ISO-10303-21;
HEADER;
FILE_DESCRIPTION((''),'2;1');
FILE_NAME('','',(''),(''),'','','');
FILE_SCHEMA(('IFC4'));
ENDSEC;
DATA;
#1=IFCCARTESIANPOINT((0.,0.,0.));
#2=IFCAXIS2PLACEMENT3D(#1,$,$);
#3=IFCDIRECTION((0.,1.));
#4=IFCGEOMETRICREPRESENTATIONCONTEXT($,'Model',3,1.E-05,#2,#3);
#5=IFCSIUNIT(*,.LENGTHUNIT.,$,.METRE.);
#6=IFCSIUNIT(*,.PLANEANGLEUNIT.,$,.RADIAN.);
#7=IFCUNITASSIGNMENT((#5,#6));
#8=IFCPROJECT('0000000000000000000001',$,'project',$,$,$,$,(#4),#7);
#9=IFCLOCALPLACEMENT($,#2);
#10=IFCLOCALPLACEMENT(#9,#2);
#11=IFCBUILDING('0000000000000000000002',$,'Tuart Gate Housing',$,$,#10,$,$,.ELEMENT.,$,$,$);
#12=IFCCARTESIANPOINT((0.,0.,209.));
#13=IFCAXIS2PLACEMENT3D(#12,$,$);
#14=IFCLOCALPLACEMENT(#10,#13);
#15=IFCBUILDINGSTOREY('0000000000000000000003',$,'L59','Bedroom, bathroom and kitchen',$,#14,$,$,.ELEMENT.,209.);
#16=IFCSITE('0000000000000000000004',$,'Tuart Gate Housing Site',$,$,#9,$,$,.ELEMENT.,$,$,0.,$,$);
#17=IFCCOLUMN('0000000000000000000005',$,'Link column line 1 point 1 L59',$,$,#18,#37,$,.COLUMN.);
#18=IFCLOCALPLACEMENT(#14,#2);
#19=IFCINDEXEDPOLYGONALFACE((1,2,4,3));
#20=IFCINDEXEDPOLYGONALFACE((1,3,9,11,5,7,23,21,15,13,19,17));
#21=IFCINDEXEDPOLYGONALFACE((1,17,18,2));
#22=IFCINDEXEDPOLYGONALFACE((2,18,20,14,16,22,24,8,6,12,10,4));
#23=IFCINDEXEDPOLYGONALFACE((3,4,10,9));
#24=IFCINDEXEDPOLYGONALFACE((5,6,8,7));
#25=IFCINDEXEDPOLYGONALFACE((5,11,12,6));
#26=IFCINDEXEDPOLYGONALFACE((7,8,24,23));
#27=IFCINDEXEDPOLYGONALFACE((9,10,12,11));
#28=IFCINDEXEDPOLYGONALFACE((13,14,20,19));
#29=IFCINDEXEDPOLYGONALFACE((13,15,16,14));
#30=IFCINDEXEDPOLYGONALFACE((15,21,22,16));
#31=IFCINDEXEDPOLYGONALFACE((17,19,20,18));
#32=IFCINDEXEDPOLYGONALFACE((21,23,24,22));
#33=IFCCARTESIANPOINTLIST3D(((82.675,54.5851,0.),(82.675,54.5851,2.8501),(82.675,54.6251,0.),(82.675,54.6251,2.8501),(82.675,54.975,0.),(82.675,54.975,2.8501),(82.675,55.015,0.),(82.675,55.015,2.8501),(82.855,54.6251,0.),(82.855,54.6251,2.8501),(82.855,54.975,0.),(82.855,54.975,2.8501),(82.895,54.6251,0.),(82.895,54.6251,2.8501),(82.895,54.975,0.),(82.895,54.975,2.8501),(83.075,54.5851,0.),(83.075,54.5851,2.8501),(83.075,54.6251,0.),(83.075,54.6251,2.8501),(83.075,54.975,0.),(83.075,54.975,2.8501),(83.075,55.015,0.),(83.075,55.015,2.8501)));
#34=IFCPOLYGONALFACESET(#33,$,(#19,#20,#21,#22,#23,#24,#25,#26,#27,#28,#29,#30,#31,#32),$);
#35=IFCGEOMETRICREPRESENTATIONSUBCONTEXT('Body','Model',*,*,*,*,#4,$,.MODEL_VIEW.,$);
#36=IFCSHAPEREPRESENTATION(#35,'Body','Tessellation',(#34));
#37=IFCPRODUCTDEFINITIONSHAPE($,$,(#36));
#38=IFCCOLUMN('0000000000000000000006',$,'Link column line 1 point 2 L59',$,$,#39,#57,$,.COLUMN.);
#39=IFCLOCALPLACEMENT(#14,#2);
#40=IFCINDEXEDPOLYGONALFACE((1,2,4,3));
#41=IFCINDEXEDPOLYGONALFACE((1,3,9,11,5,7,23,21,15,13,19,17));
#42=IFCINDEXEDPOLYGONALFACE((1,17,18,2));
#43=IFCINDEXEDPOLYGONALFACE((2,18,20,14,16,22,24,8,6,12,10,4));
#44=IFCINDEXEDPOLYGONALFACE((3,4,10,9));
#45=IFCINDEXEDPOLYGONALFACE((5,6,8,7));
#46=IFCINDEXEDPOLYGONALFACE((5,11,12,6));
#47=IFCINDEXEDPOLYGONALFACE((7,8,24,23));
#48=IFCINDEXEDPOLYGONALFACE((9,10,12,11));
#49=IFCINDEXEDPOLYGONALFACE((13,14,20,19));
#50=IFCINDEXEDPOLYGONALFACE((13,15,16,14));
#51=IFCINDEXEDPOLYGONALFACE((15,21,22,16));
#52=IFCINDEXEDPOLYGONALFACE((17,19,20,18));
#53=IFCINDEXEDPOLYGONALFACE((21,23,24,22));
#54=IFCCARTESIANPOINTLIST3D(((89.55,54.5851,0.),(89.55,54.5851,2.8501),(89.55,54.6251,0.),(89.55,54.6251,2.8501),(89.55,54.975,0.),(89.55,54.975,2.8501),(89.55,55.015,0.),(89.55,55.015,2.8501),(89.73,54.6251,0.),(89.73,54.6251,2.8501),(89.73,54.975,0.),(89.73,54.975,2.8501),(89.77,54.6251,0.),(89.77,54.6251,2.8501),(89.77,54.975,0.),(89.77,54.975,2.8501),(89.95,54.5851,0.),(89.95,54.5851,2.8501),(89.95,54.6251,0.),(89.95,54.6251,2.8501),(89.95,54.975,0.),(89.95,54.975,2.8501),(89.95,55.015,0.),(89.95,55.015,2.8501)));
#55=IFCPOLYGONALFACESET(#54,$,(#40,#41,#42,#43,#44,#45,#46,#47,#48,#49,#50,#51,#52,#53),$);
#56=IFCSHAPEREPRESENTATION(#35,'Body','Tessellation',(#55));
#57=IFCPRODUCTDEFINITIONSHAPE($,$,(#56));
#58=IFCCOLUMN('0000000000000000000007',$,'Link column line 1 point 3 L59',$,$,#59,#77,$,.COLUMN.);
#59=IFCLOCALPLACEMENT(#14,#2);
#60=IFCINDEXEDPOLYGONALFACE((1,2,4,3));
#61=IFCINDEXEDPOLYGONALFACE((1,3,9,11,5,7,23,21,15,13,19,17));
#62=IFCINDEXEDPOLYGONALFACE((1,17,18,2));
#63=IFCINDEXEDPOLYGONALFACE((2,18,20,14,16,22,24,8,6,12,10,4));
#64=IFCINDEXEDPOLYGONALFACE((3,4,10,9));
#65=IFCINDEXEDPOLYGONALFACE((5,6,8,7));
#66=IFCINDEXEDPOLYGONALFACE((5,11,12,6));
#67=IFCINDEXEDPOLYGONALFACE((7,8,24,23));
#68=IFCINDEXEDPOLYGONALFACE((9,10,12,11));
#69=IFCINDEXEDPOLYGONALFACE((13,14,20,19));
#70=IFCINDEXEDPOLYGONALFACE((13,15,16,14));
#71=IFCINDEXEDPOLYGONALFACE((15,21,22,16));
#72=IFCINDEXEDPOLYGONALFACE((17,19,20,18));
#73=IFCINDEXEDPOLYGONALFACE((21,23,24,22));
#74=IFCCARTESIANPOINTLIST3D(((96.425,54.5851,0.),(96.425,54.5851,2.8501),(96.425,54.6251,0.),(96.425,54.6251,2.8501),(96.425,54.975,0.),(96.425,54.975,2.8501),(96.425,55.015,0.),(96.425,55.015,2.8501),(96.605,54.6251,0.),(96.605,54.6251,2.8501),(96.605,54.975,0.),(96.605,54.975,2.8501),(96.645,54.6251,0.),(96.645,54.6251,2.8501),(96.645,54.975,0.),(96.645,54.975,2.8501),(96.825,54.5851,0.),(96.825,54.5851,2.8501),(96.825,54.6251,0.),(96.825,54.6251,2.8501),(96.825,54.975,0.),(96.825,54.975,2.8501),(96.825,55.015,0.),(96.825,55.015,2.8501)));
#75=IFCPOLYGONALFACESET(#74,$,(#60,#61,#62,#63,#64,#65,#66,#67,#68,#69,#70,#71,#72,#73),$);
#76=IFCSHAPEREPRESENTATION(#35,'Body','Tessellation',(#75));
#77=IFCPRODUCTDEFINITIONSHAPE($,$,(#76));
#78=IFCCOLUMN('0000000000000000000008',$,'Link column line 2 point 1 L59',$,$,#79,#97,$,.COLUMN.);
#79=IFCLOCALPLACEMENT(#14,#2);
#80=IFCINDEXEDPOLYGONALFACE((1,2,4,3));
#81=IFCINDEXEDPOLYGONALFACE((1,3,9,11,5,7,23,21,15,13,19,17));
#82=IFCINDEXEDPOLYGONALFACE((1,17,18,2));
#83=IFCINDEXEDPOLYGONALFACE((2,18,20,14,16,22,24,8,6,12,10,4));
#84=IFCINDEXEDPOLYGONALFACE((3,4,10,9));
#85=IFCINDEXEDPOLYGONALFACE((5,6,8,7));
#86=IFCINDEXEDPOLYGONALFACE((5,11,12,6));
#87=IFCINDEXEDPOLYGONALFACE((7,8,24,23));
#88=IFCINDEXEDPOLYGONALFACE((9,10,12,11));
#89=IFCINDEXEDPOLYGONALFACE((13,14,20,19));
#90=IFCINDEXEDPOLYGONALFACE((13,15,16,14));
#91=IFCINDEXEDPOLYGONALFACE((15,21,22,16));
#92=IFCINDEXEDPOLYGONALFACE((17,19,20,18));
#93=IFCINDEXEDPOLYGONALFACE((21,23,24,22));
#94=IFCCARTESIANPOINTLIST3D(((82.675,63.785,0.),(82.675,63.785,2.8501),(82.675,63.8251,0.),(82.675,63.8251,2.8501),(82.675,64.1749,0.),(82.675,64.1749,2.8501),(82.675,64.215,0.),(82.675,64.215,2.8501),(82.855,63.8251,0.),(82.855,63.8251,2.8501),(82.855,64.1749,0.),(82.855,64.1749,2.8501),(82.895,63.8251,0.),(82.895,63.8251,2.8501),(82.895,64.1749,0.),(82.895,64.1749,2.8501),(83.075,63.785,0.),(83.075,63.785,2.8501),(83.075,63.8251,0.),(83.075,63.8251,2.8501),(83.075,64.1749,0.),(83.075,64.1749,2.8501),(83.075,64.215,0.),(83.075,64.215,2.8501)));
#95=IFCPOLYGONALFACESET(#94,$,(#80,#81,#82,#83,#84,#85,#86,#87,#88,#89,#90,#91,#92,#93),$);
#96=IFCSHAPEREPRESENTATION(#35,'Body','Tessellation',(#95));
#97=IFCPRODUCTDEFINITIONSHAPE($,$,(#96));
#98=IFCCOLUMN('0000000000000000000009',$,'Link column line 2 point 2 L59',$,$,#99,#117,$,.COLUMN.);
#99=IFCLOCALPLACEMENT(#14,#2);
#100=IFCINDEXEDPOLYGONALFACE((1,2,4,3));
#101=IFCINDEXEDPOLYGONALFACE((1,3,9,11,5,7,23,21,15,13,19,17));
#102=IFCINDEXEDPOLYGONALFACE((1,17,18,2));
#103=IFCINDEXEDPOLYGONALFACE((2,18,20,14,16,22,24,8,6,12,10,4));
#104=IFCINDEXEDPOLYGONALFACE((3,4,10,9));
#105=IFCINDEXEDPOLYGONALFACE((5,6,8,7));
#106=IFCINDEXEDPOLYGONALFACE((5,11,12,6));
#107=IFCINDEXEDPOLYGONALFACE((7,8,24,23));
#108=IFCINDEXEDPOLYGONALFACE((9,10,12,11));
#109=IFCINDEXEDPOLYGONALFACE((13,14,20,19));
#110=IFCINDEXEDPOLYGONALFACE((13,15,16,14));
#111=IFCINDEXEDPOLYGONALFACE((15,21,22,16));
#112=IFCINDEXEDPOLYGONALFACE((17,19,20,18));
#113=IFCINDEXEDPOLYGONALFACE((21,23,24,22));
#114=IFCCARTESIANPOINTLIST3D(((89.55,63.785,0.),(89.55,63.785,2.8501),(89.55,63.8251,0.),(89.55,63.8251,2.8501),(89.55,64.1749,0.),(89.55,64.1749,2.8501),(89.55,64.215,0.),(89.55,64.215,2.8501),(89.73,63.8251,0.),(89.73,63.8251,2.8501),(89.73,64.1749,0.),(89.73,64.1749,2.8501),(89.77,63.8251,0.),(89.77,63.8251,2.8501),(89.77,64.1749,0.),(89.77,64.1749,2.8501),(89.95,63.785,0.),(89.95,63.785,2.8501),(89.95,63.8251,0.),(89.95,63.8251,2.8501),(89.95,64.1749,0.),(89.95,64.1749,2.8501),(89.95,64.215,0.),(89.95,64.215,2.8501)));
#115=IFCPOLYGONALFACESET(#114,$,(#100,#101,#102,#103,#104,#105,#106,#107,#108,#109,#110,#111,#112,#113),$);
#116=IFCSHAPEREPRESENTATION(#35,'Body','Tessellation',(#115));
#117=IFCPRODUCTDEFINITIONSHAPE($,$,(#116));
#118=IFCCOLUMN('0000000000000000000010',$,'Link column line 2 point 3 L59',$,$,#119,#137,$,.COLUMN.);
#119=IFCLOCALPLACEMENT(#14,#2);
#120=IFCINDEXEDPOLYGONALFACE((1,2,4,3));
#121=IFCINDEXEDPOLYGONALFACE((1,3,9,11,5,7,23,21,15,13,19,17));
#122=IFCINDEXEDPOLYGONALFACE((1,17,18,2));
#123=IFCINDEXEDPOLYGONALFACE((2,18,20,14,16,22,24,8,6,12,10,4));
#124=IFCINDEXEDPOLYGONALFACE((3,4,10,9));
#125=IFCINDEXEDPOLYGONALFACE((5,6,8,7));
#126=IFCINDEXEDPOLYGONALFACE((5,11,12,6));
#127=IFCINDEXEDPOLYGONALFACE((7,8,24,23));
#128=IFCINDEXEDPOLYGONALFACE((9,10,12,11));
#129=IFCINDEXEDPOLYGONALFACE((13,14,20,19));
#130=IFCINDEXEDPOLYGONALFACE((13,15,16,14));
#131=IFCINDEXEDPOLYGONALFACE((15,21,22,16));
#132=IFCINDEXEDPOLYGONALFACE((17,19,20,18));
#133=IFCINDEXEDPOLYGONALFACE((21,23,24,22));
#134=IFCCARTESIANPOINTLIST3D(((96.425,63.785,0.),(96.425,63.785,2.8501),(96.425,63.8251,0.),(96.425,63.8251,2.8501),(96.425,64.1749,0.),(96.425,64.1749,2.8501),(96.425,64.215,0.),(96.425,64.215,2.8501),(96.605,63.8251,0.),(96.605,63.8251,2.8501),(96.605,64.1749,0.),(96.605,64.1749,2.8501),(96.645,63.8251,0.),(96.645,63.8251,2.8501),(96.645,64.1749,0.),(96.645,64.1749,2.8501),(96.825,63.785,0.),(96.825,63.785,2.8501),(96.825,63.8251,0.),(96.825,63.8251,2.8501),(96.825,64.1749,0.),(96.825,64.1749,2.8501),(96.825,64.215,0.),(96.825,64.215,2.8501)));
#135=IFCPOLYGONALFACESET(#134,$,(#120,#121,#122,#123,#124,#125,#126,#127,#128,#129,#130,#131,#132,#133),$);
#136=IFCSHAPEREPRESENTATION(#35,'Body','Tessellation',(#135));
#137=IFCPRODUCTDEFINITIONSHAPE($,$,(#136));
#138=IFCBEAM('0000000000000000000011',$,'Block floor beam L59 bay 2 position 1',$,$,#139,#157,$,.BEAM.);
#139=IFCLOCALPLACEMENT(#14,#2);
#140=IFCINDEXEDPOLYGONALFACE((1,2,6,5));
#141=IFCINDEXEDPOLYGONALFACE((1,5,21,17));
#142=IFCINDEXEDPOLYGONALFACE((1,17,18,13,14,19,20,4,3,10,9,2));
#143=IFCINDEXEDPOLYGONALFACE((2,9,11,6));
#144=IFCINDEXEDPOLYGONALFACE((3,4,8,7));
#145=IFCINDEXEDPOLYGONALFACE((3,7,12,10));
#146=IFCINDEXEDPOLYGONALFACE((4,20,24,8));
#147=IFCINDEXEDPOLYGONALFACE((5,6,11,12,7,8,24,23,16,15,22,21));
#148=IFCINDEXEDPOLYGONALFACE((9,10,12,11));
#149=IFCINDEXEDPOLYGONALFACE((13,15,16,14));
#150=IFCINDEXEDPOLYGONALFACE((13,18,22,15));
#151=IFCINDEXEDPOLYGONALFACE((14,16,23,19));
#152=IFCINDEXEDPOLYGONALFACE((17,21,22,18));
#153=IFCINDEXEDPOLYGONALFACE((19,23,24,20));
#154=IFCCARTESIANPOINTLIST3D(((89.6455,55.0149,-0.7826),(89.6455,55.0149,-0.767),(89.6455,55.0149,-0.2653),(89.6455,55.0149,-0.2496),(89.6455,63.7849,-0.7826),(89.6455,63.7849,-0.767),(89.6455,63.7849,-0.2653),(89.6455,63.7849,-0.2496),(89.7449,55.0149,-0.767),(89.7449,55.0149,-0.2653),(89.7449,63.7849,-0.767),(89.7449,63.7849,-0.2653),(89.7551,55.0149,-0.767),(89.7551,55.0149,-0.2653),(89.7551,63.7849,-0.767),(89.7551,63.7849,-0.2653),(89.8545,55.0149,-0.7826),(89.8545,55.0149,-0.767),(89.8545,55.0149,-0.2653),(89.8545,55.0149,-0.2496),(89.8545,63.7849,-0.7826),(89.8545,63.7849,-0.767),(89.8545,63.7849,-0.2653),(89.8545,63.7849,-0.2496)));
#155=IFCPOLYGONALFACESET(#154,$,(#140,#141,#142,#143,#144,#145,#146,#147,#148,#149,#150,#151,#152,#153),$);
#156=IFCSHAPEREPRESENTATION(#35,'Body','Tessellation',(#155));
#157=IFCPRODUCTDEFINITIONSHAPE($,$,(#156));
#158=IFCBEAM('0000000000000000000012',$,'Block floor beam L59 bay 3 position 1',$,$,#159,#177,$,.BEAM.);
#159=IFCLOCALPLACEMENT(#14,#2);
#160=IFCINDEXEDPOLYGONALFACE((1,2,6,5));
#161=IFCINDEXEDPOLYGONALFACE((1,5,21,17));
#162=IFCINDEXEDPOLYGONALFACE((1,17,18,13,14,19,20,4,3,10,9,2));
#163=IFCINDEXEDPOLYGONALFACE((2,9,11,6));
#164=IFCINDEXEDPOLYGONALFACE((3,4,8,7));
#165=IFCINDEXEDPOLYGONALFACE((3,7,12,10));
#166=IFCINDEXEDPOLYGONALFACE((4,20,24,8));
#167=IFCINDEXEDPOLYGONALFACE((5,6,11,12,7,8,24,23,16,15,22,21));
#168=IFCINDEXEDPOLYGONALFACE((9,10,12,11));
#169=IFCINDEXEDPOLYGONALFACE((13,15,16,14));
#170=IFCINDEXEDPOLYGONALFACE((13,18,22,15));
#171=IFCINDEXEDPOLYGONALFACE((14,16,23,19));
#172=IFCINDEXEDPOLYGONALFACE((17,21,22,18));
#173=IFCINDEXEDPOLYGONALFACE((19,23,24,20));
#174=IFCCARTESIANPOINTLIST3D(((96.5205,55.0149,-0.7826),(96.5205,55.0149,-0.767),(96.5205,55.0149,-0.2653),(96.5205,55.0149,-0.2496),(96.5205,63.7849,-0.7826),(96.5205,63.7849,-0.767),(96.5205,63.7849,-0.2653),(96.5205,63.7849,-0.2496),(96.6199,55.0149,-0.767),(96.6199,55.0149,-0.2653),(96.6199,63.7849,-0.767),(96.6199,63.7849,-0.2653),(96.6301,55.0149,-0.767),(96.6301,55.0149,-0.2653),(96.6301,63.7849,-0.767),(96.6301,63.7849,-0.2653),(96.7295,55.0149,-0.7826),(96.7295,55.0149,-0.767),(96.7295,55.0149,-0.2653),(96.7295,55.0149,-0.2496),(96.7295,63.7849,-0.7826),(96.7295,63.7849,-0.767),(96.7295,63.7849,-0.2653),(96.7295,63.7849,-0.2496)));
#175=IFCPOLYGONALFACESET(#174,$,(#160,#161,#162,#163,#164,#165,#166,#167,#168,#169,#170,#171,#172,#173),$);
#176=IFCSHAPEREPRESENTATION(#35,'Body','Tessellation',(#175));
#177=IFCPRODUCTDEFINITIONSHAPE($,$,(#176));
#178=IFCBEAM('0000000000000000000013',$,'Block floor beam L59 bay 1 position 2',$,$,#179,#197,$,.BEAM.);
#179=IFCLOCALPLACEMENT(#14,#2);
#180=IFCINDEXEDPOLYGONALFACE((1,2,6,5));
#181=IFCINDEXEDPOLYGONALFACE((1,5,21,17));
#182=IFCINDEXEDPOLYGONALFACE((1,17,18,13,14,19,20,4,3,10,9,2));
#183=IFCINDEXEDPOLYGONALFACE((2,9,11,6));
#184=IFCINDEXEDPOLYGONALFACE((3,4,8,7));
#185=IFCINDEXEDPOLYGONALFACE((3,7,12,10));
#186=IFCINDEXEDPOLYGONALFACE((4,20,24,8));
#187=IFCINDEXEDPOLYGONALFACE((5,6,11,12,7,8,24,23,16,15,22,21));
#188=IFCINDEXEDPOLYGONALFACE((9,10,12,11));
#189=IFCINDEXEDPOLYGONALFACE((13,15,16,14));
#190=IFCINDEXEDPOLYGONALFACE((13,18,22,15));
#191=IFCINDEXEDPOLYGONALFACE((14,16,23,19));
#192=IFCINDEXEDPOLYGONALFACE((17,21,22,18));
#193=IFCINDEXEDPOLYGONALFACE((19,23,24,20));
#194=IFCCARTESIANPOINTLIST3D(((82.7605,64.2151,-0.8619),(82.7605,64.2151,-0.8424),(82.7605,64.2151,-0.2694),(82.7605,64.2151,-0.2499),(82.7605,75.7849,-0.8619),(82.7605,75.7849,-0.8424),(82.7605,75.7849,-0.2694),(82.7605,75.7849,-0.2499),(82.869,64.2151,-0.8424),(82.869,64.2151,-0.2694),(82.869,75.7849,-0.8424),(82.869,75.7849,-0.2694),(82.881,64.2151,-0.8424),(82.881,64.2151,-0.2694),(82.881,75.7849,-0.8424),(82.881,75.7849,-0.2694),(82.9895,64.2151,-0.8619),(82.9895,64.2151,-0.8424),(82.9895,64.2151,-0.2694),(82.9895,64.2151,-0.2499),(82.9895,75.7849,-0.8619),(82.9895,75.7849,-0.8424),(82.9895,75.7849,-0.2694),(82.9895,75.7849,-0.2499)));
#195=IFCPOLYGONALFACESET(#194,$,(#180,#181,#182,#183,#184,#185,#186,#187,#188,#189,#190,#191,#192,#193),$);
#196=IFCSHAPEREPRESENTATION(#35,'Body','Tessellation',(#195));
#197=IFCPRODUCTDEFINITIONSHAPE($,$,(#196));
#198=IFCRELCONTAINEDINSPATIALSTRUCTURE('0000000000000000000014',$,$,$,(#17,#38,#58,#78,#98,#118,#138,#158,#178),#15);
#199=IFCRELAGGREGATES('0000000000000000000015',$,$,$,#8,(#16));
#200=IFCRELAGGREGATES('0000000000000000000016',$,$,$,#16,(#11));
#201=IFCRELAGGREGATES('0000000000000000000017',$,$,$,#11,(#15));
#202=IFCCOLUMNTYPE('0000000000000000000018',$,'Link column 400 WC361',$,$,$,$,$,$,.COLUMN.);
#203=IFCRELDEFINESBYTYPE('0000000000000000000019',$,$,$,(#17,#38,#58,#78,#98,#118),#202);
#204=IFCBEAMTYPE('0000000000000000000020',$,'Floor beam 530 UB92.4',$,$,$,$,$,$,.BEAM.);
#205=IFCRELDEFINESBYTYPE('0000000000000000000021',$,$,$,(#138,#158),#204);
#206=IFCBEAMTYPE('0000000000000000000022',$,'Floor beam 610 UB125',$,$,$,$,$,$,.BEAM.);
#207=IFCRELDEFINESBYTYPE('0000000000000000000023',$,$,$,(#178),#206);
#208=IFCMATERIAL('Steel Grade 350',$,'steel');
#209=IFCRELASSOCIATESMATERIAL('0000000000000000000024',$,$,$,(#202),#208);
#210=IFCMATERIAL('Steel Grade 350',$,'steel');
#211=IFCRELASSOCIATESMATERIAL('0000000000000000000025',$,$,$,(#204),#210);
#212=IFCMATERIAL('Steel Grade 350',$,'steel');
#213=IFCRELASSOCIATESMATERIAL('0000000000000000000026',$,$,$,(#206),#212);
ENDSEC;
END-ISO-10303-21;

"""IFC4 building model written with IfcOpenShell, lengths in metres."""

from ifc_helpers import new_model, si_unit, direction, frame, origin, origin_2d, place, context, subcontext, project, spatial, i_section, extrude, material, material_profile, profile_set, type_object, element, save


model = new_model("IFC4")

# Units and contexts
model_context = context("Model", 3, precision=1e-05, world=origin(), true_north=direction((0.0, 1.0)))
body_context = subcontext(model_context, "Body", "Model", "MODEL_VIEW")
ifc_project = project(units=[si_unit("LENGTHUNIT", "METRE"), si_unit("PLANEANGLEUNIT", "RADIAN")], contexts=[model_context])

# Site, building, storey
site_placement = place(None, origin())
site = spatial("IfcSite", under=ifc_project, at=site_placement, Name="Tuart Gate Housing Site", CompositionType="ELEMENT", RefElevation=0.0)
building_placement = place(site_placement, origin())
building = spatial("IfcBuilding", under=site, at=building_placement, Name="Tuart Gate Housing", CompositionType="ELEMENT")
storey_placement = place(building_placement, frame((0.0, 0.0, 209.0)))
storey = spatial("IfcBuildingStorey", under=building, at=storey_placement, Name="L59", Description="Bedroom, bathroom and kitchen", CompositionType="ELEMENT", Elevation=209.0)

# Columns
ifc_material_1 = material(Name="Steel Grade 350", Category="steel")
ifc_material_profile_1 = material_profile(ifc_material_1, i_section(OverallWidth=0.3999, OverallDepth=0.4299, WebThickness=0.04, FlangeThickness=0.04, at=origin_2d()), Name="400WC361")
ifc_profile_set_1 = profile_set([ifc_material_profile_1], Name="Steel Grade 350")
column_type = type_object("IfcColumnType", Name="Link column 400 WC361", PredefinedType="COLUMN", material=ifc_profile_set_1)
for number, where, z_axis, x_axis, name in (
    (1, (82.875, 54.8, 0.0), (0.0, 0.0, 1.0), (1.0, 0.0, 0.0), "Link column line 1 point 1 L59"),
    (2, (89.75, 54.8, 0.0), (0.0, 0.0, 1.0), (1.0, 0.0, 0.0), "Link column line 1 point 2 L59"),
    (3, (96.625, 54.8, 0.0), (0.0, 0.0, 1.0), (1.0, 0.0, 0.0), "Link column line 1 point 3 L59"),
    (4, (82.875, 64.0, 0.0), (0.0, 0.0, 1.0), (1.0, 0.0, 0.0), "Link column line 2 point 1 L59"),
    (5, (89.75, 64.0, 0.0), (0.0, 0.0, 1.0), (1.0, 0.0, 0.0), "Link column line 2 point 2 L59"),
    (6, (96.625, 64.0, 0.0), (0.0, 0.0, 1.0), (1.0, 0.0, 0.0), "Link column line 2 point 3 L59"),
):
    element("IfcColumn", number, at=place(storey_placement, frame(where, z_axis=z_axis, x_axis=x_axis)), inside=storey, type_object=column_type, Name=name, PredefinedType="COLUMN", context=body_context, shape_type="SweptSolid", body=[
        extrude(i_section(OverallWidth=0.3999, OverallDepth=0.4299, WebThickness=0.04, FlangeThickness=0.04, at=origin_2d()), origin(), (0.0, 0.0, 1.0), 2.8501),
    ])

# Beams
ifc_material_2 = material(Name="Steel Grade 350", Category="steel")
ifc_material_profile_2 = material_profile(ifc_material_2, i_section(OverallWidth=0.209, OverallDepth=0.533, WebThickness=0.0103, FlangeThickness=0.0156, at=origin_2d()), Name="530UB92.4")
ifc_profile_set_2 = profile_set([ifc_material_profile_2], Name="Steel Grade 350")
beam_type_1 = type_object("IfcBeamType", Name="Floor beam 530 UB92.4", PredefinedType="BEAM", material=ifc_profile_set_2)
for number, where, z_axis, x_axis, name in (
    (7, (89.75, 55.0149, -0.5161), (0.0, 1.0, 0.0), (-1.0, 0.0, 0.0), "Block floor beam L59 bay 2 position 1"),
    (8, (96.625, 55.0149, -0.5161), (0.0, 1.0, 0.0), (-1.0, 0.0, 0.0), "Block floor beam L59 bay 3 position 1"),
):
    element("IfcBeam", number, at=place(storey_placement, frame(where, z_axis=z_axis, x_axis=x_axis)), inside=storey, type_object=beam_type_1, Name=name, PredefinedType="BEAM", context=body_context, shape_type="SweptSolid", body=[
        extrude(i_section(OverallWidth=0.209, OverallDepth=0.533, WebThickness=0.0103, FlangeThickness=0.0156, at=origin_2d()), origin(), (0.0, 0.0, 1.0), 8.77),
    ])
ifc_material_3 = material(Name="Steel Grade 350", Category="steel")
ifc_material_profile_3 = material_profile(ifc_material_3, i_section(OverallWidth=0.229, OverallDepth=0.6121, WebThickness=0.012, FlangeThickness=0.0195, at=origin_2d()), Name="610UB125")
ifc_profile_set_3 = profile_set([ifc_material_profile_3], Name="Steel Grade 350")
beam_type_2 = type_object("IfcBeamType", Name="Floor beam 610 UB125", PredefinedType="BEAM", material=ifc_profile_set_3)
for number, where, z_axis, x_axis, name in (
    (9, (82.875, 64.2151, -0.5559), (0.0, 1.0, 0.0), (-1.0, 0.0, 0.0), "Block floor beam L59 bay 1 position 2"),
):
    element("IfcBeam", number, at=place(storey_placement, frame(where, z_axis=z_axis, x_axis=x_axis)), inside=storey, type_object=beam_type_2, Name=name, PredefinedType="BEAM", context=body_context, shape_type="SweptSolid", body=[
        extrude(i_section(OverallWidth=0.229, OverallDepth=0.6121, WebThickness=0.012, FlangeThickness=0.0195, at=origin_2d()), origin(), (0.0, 0.0, 1.0), 11.5698),
    ])

save(model, "model.ifc")
